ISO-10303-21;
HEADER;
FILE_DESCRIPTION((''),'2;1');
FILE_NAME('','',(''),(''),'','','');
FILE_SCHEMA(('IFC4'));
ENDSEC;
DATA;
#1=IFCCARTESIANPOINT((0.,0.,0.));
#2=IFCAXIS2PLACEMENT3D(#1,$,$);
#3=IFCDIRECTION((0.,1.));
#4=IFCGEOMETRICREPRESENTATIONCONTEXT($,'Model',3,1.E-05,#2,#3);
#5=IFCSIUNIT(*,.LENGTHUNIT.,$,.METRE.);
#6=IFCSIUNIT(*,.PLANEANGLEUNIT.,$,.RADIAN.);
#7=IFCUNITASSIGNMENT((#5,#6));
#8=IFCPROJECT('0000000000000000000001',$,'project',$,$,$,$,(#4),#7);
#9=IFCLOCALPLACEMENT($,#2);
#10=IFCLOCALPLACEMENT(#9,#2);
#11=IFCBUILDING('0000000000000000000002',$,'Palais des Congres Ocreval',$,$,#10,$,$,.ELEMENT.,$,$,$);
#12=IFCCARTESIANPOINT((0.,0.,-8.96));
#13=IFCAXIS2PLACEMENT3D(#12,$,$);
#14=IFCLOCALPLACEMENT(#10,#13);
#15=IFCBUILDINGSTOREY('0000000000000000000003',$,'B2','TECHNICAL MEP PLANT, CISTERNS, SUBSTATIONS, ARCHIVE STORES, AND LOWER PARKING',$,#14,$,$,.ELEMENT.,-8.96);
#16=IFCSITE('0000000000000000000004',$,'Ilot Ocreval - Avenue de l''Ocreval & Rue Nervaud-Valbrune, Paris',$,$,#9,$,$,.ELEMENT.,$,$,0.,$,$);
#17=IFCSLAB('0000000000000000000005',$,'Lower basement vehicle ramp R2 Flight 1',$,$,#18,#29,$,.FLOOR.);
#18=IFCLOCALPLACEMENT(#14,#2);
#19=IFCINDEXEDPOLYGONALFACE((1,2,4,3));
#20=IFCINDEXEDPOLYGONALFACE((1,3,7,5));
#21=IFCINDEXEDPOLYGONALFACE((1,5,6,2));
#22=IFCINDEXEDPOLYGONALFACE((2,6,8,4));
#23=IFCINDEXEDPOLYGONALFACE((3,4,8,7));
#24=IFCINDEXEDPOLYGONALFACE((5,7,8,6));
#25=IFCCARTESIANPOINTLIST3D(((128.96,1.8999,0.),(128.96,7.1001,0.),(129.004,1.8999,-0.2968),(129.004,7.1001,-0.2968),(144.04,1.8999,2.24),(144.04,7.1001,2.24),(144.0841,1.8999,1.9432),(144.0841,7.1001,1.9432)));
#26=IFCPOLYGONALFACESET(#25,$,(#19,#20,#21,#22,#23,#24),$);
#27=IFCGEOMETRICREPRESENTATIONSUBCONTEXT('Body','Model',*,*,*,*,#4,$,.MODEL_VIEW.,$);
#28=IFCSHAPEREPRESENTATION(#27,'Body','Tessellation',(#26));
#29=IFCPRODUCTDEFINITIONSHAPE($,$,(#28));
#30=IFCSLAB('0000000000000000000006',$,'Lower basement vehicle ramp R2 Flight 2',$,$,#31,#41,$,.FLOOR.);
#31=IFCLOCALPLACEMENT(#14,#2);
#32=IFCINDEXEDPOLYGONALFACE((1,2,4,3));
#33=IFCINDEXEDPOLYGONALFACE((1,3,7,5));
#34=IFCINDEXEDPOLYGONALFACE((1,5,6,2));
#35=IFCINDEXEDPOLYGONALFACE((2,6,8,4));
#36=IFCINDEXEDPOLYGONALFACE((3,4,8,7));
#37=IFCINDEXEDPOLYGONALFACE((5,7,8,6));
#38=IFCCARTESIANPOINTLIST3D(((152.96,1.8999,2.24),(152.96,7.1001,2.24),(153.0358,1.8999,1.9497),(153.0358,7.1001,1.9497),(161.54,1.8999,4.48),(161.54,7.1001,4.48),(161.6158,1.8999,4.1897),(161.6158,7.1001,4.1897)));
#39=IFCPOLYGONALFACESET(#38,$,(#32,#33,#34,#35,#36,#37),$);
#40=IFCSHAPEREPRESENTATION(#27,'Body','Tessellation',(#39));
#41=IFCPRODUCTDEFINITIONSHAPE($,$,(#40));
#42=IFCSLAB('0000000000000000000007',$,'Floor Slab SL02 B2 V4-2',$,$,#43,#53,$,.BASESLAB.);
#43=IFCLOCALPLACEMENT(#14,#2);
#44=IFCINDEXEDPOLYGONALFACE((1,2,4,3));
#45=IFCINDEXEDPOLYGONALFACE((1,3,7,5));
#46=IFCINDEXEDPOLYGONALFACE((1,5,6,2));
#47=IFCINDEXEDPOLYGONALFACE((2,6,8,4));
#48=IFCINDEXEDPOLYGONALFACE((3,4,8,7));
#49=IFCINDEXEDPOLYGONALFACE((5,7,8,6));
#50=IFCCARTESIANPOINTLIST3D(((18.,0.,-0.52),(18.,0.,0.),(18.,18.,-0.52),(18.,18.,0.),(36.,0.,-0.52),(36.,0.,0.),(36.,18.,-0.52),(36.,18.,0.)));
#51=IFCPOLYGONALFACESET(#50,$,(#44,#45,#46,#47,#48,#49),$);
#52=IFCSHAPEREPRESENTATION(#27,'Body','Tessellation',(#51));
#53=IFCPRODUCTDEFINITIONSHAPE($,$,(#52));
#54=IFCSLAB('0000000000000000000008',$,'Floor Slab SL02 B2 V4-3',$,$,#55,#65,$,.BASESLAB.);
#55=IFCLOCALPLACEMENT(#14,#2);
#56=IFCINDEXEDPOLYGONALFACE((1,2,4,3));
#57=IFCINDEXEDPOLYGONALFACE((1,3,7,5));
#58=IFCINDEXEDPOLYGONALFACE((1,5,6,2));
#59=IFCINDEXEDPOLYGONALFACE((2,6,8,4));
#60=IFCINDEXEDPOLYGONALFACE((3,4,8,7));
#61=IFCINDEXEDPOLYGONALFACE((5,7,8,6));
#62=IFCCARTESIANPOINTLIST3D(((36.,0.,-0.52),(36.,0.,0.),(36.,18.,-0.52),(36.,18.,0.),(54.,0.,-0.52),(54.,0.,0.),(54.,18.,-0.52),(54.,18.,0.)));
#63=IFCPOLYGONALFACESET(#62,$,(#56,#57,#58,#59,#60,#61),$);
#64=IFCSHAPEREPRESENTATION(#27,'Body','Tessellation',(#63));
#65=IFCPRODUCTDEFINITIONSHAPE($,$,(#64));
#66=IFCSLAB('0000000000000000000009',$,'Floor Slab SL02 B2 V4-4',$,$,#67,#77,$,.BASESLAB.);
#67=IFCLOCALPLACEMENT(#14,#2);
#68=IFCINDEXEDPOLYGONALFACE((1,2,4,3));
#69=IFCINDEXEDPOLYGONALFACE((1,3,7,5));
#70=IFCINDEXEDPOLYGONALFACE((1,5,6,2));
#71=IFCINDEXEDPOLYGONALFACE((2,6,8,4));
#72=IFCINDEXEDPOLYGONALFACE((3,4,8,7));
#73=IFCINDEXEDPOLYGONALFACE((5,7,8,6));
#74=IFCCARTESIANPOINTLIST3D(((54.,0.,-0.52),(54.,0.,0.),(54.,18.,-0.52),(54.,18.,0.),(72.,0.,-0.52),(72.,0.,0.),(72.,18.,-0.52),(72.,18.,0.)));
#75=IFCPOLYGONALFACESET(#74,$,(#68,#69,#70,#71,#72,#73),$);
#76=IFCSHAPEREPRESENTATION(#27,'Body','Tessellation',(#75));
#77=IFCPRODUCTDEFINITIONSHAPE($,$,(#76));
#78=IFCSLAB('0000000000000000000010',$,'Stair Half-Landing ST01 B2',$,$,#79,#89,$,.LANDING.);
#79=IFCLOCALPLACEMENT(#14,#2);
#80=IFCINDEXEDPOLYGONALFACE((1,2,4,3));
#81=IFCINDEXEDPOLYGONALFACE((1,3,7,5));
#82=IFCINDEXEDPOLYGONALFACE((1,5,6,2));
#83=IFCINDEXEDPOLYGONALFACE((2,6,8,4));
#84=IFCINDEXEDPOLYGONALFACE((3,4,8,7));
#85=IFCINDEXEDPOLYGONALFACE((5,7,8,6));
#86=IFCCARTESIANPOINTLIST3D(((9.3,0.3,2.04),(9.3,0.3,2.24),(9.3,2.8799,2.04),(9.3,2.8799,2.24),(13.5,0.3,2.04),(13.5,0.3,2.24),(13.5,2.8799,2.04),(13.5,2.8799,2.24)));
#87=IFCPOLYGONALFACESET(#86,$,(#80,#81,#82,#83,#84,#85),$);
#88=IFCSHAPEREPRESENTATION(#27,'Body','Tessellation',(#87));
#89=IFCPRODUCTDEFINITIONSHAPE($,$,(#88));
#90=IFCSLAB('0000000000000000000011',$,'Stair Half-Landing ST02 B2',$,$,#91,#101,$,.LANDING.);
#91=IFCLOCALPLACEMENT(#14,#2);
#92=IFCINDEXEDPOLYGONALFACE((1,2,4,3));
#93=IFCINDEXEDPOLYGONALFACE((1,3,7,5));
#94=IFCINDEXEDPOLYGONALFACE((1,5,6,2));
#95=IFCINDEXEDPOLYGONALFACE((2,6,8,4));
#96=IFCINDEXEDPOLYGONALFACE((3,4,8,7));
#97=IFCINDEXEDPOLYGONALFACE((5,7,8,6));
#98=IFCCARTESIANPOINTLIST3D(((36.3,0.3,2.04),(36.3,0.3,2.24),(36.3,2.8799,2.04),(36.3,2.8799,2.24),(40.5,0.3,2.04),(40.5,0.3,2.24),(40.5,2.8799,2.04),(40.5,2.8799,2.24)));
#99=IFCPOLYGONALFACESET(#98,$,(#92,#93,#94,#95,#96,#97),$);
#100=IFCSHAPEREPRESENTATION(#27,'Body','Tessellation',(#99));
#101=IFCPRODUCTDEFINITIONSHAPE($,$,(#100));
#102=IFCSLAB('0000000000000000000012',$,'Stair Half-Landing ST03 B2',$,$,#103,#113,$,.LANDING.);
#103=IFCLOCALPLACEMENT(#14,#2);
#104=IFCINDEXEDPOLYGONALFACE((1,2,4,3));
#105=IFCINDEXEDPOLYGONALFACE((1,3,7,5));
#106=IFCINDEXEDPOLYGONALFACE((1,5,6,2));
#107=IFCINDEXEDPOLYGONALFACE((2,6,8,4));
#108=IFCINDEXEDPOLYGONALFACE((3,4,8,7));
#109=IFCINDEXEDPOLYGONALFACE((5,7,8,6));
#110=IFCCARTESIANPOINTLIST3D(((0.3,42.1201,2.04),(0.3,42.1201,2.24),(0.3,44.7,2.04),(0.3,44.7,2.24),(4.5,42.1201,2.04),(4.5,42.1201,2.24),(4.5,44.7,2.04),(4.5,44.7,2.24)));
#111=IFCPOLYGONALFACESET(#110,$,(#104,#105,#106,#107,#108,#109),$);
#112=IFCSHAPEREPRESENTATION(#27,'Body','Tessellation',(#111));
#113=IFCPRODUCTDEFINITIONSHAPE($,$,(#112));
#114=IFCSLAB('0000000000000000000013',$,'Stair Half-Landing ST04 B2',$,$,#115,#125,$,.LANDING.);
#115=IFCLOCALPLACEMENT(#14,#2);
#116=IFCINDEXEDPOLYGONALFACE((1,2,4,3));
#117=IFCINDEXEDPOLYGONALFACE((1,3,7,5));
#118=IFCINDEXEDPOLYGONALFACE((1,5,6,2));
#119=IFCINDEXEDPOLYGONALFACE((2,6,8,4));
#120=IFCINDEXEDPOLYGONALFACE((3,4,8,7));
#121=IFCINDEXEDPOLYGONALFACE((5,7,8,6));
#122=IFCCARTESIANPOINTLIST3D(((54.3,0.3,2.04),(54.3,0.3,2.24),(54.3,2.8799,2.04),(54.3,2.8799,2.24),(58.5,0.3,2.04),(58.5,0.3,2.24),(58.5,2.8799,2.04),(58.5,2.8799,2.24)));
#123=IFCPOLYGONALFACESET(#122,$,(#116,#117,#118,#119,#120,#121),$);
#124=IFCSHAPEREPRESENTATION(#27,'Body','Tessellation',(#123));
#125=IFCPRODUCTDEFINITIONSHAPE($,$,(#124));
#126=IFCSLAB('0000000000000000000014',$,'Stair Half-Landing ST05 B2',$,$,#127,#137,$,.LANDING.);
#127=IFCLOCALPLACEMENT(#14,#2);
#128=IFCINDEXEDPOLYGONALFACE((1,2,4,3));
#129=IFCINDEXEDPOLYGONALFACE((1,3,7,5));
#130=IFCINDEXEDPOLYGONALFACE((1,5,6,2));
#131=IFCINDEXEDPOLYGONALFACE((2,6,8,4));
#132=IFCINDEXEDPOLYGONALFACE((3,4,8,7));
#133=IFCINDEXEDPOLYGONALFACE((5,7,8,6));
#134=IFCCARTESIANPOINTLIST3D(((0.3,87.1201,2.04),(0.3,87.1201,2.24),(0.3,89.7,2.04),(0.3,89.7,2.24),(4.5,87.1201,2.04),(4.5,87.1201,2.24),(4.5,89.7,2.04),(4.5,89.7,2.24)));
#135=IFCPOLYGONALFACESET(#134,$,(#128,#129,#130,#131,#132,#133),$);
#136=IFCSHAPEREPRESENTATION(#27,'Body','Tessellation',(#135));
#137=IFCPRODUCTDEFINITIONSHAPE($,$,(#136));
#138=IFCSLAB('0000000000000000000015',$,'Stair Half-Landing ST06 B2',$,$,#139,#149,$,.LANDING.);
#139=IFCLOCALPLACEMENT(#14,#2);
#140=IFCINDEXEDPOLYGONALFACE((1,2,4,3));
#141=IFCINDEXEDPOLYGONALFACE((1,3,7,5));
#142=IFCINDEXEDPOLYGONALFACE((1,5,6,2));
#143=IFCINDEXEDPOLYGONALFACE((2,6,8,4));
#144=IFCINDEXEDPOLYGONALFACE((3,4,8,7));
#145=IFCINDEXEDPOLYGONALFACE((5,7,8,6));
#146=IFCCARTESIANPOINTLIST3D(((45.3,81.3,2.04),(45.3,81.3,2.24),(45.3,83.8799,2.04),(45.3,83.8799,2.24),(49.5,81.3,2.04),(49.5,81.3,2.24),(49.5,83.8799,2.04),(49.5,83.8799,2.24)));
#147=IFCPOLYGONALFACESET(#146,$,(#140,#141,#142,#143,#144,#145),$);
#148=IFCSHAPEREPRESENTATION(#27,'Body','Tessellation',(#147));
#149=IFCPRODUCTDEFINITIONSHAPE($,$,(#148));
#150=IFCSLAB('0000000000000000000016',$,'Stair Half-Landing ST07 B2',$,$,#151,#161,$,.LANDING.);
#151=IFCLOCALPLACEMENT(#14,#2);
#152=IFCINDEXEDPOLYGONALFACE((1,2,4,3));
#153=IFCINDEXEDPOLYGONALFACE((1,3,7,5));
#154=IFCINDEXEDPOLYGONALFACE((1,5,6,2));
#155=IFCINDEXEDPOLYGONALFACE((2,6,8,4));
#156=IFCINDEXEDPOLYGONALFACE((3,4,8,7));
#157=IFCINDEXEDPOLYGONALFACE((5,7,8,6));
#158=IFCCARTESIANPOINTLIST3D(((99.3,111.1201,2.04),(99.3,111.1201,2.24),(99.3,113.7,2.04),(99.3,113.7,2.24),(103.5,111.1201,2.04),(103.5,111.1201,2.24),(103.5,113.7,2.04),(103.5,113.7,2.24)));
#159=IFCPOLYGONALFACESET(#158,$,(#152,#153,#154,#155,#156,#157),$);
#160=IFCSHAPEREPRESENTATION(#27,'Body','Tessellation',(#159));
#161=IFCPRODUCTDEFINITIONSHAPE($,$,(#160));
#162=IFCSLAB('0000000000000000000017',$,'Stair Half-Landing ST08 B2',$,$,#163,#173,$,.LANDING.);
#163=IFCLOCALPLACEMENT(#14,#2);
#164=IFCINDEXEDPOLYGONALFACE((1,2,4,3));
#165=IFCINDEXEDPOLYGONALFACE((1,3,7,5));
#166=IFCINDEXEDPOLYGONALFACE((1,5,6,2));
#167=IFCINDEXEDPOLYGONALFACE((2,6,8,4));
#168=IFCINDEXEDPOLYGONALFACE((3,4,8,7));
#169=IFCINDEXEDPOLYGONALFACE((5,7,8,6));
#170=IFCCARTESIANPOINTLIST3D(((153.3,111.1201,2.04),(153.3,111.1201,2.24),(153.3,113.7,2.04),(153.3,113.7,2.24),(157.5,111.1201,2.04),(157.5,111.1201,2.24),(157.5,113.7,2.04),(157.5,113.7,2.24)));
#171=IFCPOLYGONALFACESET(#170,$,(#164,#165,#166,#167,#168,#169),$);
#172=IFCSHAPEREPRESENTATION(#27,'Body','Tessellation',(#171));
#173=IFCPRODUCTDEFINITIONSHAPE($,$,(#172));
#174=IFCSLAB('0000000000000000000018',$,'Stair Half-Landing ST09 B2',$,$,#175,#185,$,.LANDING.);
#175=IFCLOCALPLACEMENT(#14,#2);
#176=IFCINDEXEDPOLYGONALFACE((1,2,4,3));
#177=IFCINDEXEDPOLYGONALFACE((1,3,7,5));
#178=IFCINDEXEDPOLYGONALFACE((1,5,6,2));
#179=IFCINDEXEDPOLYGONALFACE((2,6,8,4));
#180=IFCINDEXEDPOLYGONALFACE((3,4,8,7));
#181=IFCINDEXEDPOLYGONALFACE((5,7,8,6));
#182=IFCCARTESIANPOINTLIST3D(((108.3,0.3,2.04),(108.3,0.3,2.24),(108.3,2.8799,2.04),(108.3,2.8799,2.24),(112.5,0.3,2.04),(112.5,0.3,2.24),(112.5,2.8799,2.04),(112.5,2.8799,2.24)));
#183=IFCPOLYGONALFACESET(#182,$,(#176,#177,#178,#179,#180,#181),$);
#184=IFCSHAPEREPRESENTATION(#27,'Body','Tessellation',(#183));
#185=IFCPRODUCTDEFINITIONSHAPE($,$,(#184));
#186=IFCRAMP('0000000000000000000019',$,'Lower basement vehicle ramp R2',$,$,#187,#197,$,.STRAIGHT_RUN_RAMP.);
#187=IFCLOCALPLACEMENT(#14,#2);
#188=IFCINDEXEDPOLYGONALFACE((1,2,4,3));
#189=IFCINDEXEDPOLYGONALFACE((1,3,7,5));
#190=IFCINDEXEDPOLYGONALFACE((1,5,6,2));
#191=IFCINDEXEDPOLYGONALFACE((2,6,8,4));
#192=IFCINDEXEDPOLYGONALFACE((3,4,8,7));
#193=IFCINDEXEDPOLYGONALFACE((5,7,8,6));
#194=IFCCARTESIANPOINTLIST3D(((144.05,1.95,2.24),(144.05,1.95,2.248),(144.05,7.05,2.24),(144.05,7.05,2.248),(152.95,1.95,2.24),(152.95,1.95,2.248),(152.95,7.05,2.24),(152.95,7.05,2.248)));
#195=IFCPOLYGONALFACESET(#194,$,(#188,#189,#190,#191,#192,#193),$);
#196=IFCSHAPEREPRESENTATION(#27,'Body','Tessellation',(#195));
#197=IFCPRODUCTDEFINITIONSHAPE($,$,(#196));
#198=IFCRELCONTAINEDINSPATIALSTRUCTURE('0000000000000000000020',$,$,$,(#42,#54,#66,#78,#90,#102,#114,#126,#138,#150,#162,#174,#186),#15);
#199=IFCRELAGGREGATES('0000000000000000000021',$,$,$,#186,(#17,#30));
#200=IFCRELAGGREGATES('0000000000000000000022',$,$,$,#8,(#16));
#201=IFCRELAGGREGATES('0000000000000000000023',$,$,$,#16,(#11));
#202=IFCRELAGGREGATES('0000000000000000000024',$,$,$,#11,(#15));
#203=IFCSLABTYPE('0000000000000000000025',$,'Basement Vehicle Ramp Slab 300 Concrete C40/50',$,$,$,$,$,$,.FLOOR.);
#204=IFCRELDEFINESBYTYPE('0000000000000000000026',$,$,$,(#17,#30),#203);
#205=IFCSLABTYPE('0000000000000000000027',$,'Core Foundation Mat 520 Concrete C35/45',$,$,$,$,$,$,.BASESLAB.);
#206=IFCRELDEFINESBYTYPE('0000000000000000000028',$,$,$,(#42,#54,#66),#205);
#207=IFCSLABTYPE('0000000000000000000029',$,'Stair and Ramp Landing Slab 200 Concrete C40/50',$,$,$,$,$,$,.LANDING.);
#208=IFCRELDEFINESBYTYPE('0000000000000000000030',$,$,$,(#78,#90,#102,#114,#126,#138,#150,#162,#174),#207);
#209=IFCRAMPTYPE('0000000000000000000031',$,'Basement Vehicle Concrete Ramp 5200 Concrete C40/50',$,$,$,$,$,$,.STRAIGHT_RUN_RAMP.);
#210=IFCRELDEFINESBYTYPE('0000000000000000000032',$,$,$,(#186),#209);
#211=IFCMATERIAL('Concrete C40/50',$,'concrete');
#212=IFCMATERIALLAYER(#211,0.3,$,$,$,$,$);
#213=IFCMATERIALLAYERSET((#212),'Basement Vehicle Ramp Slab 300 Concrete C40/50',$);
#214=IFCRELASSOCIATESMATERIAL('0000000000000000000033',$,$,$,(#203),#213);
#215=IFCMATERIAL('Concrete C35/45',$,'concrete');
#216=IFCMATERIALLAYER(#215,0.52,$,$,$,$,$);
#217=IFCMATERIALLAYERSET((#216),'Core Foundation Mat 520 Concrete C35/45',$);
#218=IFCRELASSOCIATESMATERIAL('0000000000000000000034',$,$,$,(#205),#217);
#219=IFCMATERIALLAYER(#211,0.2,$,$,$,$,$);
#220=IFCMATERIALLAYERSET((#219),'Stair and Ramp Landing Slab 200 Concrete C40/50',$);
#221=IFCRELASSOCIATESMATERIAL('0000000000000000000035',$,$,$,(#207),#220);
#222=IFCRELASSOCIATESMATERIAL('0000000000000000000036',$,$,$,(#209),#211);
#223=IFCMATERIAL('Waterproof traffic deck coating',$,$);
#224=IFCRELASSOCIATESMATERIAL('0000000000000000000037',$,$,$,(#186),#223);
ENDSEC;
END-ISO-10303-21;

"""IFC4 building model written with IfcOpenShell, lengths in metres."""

from ifc_helpers import new_model, si_unit, direction, frame, origin, place, context, subcontext, project, spatial, polyline, outline, extrude, material, layer, layer_set, type_object, element, aggregate, save


model = new_model("IFC4")

# Units and contexts
model_context = context("Model", 3, precision=1e-05, world=origin(), true_north=direction((0.0, 1.0)))
body_context = subcontext(model_context, "Body", "Model", "MODEL_VIEW")
ifc_project = project(units=[si_unit("LENGTHUNIT", "METRE"), si_unit("PLANEANGLEUNIT", "RADIAN")], contexts=[model_context])

# Site, building, storey
site_placement = place(None, origin())
site = spatial("IfcSite", under=ifc_project, at=site_placement, Name="Ilot Ocreval - Avenue de l'Ocreval & Rue Nervaud-Valbrune, Paris", CompositionType="ELEMENT", RefElevation=0.0)
building_placement = place(site_placement, origin())
building = spatial("IfcBuilding", under=site, at=building_placement, Name="Palais des Congres Ocreval", CompositionType="ELEMENT")
storey_placement = place(building_placement, frame((0.0, 0.0, -8.96)))
storey = spatial("IfcBuildingStorey", under=building, at=storey_placement, Name="B2", Description="TECHNICAL MEP PLANT, CISTERNS, SUBSTATIONS, ARCHIVE STORES, AND LOWER PARKING", CompositionType="ELEMENT", Elevation=-8.96)

# Shared definitions
ifc_material_1 = material(Name="Concrete C40/50", Category="concrete")

# Shared definitions
ifc_material_2 = material(Name="Concrete C35/45", Category="concrete")

# Slabs
ifc_layer_1 = layer(ifc_material_1, 0.3)
ifc_layer_set_1 = layer_set([ifc_layer_1], Name="Basement Vehicle Ramp Slab 300 Concrete C40/50")
slab_type_1 = type_object("IfcSlabType", Name="Basement Vehicle Ramp Slab 300 Concrete C40/50", PredefinedType="FLOOR", material=ifc_layer_set_1)
slab_1_placement = place(storey_placement, frame((128.96, 1.8999, 0.0), z_axis=(-0.146928, 0.0, 0.989147), x_axis=(0.989147, 0.0, 0.146928)))
slab_1 = element("IfcSlab", 1, at=slab_1_placement, type_object=slab_type_1, Name="Lower basement vehicle ramp R2 Flight 1", PredefinedType="FLOOR", context=body_context, shape_type="SweptSolid", body=[
    extrude(outline(polyline([(0.0, 0.0), (15.2455, 0.0), (15.2455, 5.2002), (0.0, 5.2002), (0.0, 0.0)])), origin(), (0.0, 0.0, -1.0), 0.3),
])
slab_2_placement = place(storey_placement, frame((152.96, 1.8999, 2.24), z_axis=(-0.252602, 0.0, 0.96757), x_axis=(0.96757, 0.0, 0.252602)))
slab_2 = element("IfcSlab", 2, at=slab_2_placement, type_object=slab_type_1, Name="Lower basement vehicle ramp R2 Flight 2", PredefinedType="FLOOR", context=body_context, shape_type="SweptSolid", body=[
    extrude(outline(polyline([(0.0, 0.0), (8.8677, 0.0), (8.8677, 5.2002), (0.0, 5.2002), (0.0, 0.0)])), origin(), (0.0, 0.0, -1.0), 0.3),
])

# Slabs
ifc_layer_2 = layer(ifc_material_2, 0.52)
ifc_layer_set_2 = layer_set([ifc_layer_2], Name="Core Foundation Mat 520 Concrete C35/45")
slab_type_2 = type_object("IfcSlabType", Name="Core Foundation Mat 520 Concrete C35/45", PredefinedType="BASESLAB", material=ifc_layer_set_2)
slab_3_placement = place(storey_placement, frame((0.0, 0.0, -0.52)))
element("IfcSlab", 3, at=slab_3_placement, inside=storey, type_object=slab_type_2, Name="Floor Slab SL02 B2 V4-2", PredefinedType="BASESLAB", context=body_context, shape_type="SweptSolid", body=[
    extrude(outline(polyline([(18.0, 0.0), (18.0, 18.0), (36.0, 18.0), (36.0, 0.0), (18.0, 0.0)])), origin(), (0.0, 0.0, 1.0), 0.52),
])
slab_4_placement = place(storey_placement, frame((0.0, 0.0, -0.52)))
element("IfcSlab", 4, at=slab_4_placement, inside=storey, type_object=slab_type_2, Name="Floor Slab SL02 B2 V4-3", PredefinedType="BASESLAB", context=body_context, shape_type="SweptSolid", body=[
    extrude(outline(polyline([(36.0, 0.0), (36.0, 18.0), (54.0, 18.0), (54.0, 0.0), (36.0, 0.0)])), origin(), (0.0, 0.0, 1.0), 0.52),
])
slab_5_placement = place(storey_placement, frame((0.0, 0.0, -0.52)))
element("IfcSlab", 5, at=slab_5_placement, inside=storey, type_object=slab_type_2, Name="Floor Slab SL02 B2 V4-4", PredefinedType="BASESLAB", context=body_context, shape_type="SweptSolid", body=[
    extrude(outline(polyline([(72.0, 0.0), (54.0, 0.0), (54.0, 18.0), (72.0, 18.0), (72.0, 0.0)])), origin(), (0.0, 0.0, 1.0), 0.52),
])
ifc_layer_3 = layer(ifc_material_1, 0.2)
ifc_layer_set_3 = layer_set([ifc_layer_3], Name="Stair and Ramp Landing Slab 200 Concrete C40/50")
slab_type_3 = type_object("IfcSlabType", Name="Stair and Ramp Landing Slab 200 Concrete C40/50", PredefinedType="LANDING", material=ifc_layer_set_3)
slab_6_placement = place(storey_placement, frame((0.0, 0.0, 2.04)))
element("IfcSlab", 6, at=slab_6_placement, inside=storey, type_object=slab_type_3, Name="Stair Half-Landing ST01 B2", PredefinedType="LANDING", context=body_context, shape_type="SweptSolid", body=[
    extrude(outline(polyline([(9.3, 0.3), (13.5, 0.3), (13.5, 2.8799), (9.3, 2.8799), (9.3, 0.3)])), origin(), (0.0, 0.0, 1.0), 0.2),
])
slab_7_placement = place(storey_placement, frame((0.0, 0.0, 2.04)))
element("IfcSlab", 7, at=slab_7_placement, inside=storey, type_object=slab_type_3, Name="Stair Half-Landing ST02 B2", PredefinedType="LANDING", context=body_context, shape_type="SweptSolid", body=[
    extrude(outline(polyline([(36.3, 0.3), (40.5, 0.3), (40.5, 2.8799), (36.3, 2.8799), (36.3, 0.3)])), origin(), (0.0, 0.0, 1.0), 0.2),
])
slab_8_placement = place(storey_placement, frame((0.0, 0.0, 2.04)))
element("IfcSlab", 8, at=slab_8_placement, inside=storey, type_object=slab_type_3, Name="Stair Half-Landing ST03 B2", PredefinedType="LANDING", context=body_context, shape_type="SweptSolid", body=[
    extrude(outline(polyline([(0.3, 42.1201), (4.5, 42.1201), (4.5, 44.7), (0.3, 44.7), (0.3, 42.1201)])), origin(), (0.0, 0.0, 1.0), 0.2),
])
slab_9_placement = place(storey_placement, frame((0.0, 0.0, 2.04)))
element("IfcSlab", 9, at=slab_9_placement, inside=storey, type_object=slab_type_3, Name="Stair Half-Landing ST04 B2", PredefinedType="LANDING", context=body_context, shape_type="SweptSolid", body=[
    extrude(outline(polyline([(54.3, 0.3), (58.5, 0.3), (58.5, 2.8799), (54.3, 2.8799), (54.3, 0.3)])), origin(), (0.0, 0.0, 1.0), 0.2),
])
slab_10_placement = place(storey_placement, frame((0.0, 0.0, 2.04)))
element("IfcSlab", 10, at=slab_10_placement, inside=storey, type_object=slab_type_3, Name="Stair Half-Landing ST05 B2", PredefinedType="LANDING", context=body_context, shape_type="SweptSolid", body=[
    extrude(outline(polyline([(0.3, 87.1201), (4.5, 87.1201), (4.5, 89.7), (0.3, 89.7), (0.3, 87.1201)])), origin(), (0.0, 0.0, 1.0), 0.2),
])
slab_11_placement = place(storey_placement, frame((0.0, 0.0, 2.04)))
element("IfcSlab", 11, at=slab_11_placement, inside=storey, type_object=slab_type_3, Name="Stair Half-Landing ST06 B2", PredefinedType="LANDING", context=body_context, shape_type="SweptSolid", body=[
    extrude(outline(polyline([(45.3, 81.3), (49.5, 81.3), (49.5, 83.8799), (45.3, 83.8799), (45.3, 81.3)])), origin(), (0.0, 0.0, 1.0), 0.2),
])
slab_12_placement = place(storey_placement, frame((0.0, 0.0, 2.04)))
element("IfcSlab", 12, at=slab_12_placement, inside=storey, type_object=slab_type_3, Name="Stair Half-Landing ST07 B2", PredefinedType="LANDING", context=body_context, shape_type="SweptSolid", body=[
    extrude(outline(polyline([(99.3, 111.1201), (103.5, 111.1201), (103.5, 113.7), (99.3, 113.7), (99.3, 111.1201)])), origin(), (0.0, 0.0, 1.0), 0.2),
])
slab_13_placement = place(storey_placement, frame((0.0, 0.0, 2.04)))
element("IfcSlab", 13, at=slab_13_placement, inside=storey, type_object=slab_type_3, Name="Stair Half-Landing ST08 B2", PredefinedType="LANDING", context=body_context, shape_type="SweptSolid", body=[
    extrude(outline(polyline([(153.3, 111.1201), (157.5, 111.1201), (157.5, 113.7), (153.3, 113.7), (153.3, 111.1201)])), origin(), (0.0, 0.0, 1.0), 0.2),
])
slab_14_placement = place(storey_placement, frame((0.0, 0.0, 2.04)))
element("IfcSlab", 14, at=slab_14_placement, inside=storey, type_object=slab_type_3, Name="Stair Half-Landing ST09 B2", PredefinedType="LANDING", context=body_context, shape_type="SweptSolid", body=[
    extrude(outline(polyline([(108.3, 0.3), (112.5, 0.3), (112.5, 2.8799), (108.3, 2.8799), (108.3, 0.3)])), origin(), (0.0, 0.0, 1.0), 0.2),
])

# Ramp
ifc_material_3 = material(Name="Waterproof traffic deck coating")
ramp_type = type_object("IfcRampType", Name="Basement Vehicle Concrete Ramp 5200 Concrete C40/50", PredefinedType="STRAIGHT_RUN_RAMP", material=ifc_material_1)
ramp_placement = place(storey_placement, frame((0.0, 0.0, 2.24)))
ramp = element("IfcRamp", 15, at=ramp_placement, inside=storey, type_object=ramp_type, material=ifc_material_3, Name="Lower basement vehicle ramp R2", PredefinedType="STRAIGHT_RUN_RAMP", context=body_context, shape_type="SweptSolid", body=[
    extrude(outline(polyline([(144.05, 1.95), (152.95, 1.95), (152.95, 7.05), (144.05, 7.05), (144.05, 1.95)])), origin(), (0.0, 0.0, 1.0), 0.0081),
])
aggregate(ramp, [slab_1, slab_2])

save(model, "model.ifc")
